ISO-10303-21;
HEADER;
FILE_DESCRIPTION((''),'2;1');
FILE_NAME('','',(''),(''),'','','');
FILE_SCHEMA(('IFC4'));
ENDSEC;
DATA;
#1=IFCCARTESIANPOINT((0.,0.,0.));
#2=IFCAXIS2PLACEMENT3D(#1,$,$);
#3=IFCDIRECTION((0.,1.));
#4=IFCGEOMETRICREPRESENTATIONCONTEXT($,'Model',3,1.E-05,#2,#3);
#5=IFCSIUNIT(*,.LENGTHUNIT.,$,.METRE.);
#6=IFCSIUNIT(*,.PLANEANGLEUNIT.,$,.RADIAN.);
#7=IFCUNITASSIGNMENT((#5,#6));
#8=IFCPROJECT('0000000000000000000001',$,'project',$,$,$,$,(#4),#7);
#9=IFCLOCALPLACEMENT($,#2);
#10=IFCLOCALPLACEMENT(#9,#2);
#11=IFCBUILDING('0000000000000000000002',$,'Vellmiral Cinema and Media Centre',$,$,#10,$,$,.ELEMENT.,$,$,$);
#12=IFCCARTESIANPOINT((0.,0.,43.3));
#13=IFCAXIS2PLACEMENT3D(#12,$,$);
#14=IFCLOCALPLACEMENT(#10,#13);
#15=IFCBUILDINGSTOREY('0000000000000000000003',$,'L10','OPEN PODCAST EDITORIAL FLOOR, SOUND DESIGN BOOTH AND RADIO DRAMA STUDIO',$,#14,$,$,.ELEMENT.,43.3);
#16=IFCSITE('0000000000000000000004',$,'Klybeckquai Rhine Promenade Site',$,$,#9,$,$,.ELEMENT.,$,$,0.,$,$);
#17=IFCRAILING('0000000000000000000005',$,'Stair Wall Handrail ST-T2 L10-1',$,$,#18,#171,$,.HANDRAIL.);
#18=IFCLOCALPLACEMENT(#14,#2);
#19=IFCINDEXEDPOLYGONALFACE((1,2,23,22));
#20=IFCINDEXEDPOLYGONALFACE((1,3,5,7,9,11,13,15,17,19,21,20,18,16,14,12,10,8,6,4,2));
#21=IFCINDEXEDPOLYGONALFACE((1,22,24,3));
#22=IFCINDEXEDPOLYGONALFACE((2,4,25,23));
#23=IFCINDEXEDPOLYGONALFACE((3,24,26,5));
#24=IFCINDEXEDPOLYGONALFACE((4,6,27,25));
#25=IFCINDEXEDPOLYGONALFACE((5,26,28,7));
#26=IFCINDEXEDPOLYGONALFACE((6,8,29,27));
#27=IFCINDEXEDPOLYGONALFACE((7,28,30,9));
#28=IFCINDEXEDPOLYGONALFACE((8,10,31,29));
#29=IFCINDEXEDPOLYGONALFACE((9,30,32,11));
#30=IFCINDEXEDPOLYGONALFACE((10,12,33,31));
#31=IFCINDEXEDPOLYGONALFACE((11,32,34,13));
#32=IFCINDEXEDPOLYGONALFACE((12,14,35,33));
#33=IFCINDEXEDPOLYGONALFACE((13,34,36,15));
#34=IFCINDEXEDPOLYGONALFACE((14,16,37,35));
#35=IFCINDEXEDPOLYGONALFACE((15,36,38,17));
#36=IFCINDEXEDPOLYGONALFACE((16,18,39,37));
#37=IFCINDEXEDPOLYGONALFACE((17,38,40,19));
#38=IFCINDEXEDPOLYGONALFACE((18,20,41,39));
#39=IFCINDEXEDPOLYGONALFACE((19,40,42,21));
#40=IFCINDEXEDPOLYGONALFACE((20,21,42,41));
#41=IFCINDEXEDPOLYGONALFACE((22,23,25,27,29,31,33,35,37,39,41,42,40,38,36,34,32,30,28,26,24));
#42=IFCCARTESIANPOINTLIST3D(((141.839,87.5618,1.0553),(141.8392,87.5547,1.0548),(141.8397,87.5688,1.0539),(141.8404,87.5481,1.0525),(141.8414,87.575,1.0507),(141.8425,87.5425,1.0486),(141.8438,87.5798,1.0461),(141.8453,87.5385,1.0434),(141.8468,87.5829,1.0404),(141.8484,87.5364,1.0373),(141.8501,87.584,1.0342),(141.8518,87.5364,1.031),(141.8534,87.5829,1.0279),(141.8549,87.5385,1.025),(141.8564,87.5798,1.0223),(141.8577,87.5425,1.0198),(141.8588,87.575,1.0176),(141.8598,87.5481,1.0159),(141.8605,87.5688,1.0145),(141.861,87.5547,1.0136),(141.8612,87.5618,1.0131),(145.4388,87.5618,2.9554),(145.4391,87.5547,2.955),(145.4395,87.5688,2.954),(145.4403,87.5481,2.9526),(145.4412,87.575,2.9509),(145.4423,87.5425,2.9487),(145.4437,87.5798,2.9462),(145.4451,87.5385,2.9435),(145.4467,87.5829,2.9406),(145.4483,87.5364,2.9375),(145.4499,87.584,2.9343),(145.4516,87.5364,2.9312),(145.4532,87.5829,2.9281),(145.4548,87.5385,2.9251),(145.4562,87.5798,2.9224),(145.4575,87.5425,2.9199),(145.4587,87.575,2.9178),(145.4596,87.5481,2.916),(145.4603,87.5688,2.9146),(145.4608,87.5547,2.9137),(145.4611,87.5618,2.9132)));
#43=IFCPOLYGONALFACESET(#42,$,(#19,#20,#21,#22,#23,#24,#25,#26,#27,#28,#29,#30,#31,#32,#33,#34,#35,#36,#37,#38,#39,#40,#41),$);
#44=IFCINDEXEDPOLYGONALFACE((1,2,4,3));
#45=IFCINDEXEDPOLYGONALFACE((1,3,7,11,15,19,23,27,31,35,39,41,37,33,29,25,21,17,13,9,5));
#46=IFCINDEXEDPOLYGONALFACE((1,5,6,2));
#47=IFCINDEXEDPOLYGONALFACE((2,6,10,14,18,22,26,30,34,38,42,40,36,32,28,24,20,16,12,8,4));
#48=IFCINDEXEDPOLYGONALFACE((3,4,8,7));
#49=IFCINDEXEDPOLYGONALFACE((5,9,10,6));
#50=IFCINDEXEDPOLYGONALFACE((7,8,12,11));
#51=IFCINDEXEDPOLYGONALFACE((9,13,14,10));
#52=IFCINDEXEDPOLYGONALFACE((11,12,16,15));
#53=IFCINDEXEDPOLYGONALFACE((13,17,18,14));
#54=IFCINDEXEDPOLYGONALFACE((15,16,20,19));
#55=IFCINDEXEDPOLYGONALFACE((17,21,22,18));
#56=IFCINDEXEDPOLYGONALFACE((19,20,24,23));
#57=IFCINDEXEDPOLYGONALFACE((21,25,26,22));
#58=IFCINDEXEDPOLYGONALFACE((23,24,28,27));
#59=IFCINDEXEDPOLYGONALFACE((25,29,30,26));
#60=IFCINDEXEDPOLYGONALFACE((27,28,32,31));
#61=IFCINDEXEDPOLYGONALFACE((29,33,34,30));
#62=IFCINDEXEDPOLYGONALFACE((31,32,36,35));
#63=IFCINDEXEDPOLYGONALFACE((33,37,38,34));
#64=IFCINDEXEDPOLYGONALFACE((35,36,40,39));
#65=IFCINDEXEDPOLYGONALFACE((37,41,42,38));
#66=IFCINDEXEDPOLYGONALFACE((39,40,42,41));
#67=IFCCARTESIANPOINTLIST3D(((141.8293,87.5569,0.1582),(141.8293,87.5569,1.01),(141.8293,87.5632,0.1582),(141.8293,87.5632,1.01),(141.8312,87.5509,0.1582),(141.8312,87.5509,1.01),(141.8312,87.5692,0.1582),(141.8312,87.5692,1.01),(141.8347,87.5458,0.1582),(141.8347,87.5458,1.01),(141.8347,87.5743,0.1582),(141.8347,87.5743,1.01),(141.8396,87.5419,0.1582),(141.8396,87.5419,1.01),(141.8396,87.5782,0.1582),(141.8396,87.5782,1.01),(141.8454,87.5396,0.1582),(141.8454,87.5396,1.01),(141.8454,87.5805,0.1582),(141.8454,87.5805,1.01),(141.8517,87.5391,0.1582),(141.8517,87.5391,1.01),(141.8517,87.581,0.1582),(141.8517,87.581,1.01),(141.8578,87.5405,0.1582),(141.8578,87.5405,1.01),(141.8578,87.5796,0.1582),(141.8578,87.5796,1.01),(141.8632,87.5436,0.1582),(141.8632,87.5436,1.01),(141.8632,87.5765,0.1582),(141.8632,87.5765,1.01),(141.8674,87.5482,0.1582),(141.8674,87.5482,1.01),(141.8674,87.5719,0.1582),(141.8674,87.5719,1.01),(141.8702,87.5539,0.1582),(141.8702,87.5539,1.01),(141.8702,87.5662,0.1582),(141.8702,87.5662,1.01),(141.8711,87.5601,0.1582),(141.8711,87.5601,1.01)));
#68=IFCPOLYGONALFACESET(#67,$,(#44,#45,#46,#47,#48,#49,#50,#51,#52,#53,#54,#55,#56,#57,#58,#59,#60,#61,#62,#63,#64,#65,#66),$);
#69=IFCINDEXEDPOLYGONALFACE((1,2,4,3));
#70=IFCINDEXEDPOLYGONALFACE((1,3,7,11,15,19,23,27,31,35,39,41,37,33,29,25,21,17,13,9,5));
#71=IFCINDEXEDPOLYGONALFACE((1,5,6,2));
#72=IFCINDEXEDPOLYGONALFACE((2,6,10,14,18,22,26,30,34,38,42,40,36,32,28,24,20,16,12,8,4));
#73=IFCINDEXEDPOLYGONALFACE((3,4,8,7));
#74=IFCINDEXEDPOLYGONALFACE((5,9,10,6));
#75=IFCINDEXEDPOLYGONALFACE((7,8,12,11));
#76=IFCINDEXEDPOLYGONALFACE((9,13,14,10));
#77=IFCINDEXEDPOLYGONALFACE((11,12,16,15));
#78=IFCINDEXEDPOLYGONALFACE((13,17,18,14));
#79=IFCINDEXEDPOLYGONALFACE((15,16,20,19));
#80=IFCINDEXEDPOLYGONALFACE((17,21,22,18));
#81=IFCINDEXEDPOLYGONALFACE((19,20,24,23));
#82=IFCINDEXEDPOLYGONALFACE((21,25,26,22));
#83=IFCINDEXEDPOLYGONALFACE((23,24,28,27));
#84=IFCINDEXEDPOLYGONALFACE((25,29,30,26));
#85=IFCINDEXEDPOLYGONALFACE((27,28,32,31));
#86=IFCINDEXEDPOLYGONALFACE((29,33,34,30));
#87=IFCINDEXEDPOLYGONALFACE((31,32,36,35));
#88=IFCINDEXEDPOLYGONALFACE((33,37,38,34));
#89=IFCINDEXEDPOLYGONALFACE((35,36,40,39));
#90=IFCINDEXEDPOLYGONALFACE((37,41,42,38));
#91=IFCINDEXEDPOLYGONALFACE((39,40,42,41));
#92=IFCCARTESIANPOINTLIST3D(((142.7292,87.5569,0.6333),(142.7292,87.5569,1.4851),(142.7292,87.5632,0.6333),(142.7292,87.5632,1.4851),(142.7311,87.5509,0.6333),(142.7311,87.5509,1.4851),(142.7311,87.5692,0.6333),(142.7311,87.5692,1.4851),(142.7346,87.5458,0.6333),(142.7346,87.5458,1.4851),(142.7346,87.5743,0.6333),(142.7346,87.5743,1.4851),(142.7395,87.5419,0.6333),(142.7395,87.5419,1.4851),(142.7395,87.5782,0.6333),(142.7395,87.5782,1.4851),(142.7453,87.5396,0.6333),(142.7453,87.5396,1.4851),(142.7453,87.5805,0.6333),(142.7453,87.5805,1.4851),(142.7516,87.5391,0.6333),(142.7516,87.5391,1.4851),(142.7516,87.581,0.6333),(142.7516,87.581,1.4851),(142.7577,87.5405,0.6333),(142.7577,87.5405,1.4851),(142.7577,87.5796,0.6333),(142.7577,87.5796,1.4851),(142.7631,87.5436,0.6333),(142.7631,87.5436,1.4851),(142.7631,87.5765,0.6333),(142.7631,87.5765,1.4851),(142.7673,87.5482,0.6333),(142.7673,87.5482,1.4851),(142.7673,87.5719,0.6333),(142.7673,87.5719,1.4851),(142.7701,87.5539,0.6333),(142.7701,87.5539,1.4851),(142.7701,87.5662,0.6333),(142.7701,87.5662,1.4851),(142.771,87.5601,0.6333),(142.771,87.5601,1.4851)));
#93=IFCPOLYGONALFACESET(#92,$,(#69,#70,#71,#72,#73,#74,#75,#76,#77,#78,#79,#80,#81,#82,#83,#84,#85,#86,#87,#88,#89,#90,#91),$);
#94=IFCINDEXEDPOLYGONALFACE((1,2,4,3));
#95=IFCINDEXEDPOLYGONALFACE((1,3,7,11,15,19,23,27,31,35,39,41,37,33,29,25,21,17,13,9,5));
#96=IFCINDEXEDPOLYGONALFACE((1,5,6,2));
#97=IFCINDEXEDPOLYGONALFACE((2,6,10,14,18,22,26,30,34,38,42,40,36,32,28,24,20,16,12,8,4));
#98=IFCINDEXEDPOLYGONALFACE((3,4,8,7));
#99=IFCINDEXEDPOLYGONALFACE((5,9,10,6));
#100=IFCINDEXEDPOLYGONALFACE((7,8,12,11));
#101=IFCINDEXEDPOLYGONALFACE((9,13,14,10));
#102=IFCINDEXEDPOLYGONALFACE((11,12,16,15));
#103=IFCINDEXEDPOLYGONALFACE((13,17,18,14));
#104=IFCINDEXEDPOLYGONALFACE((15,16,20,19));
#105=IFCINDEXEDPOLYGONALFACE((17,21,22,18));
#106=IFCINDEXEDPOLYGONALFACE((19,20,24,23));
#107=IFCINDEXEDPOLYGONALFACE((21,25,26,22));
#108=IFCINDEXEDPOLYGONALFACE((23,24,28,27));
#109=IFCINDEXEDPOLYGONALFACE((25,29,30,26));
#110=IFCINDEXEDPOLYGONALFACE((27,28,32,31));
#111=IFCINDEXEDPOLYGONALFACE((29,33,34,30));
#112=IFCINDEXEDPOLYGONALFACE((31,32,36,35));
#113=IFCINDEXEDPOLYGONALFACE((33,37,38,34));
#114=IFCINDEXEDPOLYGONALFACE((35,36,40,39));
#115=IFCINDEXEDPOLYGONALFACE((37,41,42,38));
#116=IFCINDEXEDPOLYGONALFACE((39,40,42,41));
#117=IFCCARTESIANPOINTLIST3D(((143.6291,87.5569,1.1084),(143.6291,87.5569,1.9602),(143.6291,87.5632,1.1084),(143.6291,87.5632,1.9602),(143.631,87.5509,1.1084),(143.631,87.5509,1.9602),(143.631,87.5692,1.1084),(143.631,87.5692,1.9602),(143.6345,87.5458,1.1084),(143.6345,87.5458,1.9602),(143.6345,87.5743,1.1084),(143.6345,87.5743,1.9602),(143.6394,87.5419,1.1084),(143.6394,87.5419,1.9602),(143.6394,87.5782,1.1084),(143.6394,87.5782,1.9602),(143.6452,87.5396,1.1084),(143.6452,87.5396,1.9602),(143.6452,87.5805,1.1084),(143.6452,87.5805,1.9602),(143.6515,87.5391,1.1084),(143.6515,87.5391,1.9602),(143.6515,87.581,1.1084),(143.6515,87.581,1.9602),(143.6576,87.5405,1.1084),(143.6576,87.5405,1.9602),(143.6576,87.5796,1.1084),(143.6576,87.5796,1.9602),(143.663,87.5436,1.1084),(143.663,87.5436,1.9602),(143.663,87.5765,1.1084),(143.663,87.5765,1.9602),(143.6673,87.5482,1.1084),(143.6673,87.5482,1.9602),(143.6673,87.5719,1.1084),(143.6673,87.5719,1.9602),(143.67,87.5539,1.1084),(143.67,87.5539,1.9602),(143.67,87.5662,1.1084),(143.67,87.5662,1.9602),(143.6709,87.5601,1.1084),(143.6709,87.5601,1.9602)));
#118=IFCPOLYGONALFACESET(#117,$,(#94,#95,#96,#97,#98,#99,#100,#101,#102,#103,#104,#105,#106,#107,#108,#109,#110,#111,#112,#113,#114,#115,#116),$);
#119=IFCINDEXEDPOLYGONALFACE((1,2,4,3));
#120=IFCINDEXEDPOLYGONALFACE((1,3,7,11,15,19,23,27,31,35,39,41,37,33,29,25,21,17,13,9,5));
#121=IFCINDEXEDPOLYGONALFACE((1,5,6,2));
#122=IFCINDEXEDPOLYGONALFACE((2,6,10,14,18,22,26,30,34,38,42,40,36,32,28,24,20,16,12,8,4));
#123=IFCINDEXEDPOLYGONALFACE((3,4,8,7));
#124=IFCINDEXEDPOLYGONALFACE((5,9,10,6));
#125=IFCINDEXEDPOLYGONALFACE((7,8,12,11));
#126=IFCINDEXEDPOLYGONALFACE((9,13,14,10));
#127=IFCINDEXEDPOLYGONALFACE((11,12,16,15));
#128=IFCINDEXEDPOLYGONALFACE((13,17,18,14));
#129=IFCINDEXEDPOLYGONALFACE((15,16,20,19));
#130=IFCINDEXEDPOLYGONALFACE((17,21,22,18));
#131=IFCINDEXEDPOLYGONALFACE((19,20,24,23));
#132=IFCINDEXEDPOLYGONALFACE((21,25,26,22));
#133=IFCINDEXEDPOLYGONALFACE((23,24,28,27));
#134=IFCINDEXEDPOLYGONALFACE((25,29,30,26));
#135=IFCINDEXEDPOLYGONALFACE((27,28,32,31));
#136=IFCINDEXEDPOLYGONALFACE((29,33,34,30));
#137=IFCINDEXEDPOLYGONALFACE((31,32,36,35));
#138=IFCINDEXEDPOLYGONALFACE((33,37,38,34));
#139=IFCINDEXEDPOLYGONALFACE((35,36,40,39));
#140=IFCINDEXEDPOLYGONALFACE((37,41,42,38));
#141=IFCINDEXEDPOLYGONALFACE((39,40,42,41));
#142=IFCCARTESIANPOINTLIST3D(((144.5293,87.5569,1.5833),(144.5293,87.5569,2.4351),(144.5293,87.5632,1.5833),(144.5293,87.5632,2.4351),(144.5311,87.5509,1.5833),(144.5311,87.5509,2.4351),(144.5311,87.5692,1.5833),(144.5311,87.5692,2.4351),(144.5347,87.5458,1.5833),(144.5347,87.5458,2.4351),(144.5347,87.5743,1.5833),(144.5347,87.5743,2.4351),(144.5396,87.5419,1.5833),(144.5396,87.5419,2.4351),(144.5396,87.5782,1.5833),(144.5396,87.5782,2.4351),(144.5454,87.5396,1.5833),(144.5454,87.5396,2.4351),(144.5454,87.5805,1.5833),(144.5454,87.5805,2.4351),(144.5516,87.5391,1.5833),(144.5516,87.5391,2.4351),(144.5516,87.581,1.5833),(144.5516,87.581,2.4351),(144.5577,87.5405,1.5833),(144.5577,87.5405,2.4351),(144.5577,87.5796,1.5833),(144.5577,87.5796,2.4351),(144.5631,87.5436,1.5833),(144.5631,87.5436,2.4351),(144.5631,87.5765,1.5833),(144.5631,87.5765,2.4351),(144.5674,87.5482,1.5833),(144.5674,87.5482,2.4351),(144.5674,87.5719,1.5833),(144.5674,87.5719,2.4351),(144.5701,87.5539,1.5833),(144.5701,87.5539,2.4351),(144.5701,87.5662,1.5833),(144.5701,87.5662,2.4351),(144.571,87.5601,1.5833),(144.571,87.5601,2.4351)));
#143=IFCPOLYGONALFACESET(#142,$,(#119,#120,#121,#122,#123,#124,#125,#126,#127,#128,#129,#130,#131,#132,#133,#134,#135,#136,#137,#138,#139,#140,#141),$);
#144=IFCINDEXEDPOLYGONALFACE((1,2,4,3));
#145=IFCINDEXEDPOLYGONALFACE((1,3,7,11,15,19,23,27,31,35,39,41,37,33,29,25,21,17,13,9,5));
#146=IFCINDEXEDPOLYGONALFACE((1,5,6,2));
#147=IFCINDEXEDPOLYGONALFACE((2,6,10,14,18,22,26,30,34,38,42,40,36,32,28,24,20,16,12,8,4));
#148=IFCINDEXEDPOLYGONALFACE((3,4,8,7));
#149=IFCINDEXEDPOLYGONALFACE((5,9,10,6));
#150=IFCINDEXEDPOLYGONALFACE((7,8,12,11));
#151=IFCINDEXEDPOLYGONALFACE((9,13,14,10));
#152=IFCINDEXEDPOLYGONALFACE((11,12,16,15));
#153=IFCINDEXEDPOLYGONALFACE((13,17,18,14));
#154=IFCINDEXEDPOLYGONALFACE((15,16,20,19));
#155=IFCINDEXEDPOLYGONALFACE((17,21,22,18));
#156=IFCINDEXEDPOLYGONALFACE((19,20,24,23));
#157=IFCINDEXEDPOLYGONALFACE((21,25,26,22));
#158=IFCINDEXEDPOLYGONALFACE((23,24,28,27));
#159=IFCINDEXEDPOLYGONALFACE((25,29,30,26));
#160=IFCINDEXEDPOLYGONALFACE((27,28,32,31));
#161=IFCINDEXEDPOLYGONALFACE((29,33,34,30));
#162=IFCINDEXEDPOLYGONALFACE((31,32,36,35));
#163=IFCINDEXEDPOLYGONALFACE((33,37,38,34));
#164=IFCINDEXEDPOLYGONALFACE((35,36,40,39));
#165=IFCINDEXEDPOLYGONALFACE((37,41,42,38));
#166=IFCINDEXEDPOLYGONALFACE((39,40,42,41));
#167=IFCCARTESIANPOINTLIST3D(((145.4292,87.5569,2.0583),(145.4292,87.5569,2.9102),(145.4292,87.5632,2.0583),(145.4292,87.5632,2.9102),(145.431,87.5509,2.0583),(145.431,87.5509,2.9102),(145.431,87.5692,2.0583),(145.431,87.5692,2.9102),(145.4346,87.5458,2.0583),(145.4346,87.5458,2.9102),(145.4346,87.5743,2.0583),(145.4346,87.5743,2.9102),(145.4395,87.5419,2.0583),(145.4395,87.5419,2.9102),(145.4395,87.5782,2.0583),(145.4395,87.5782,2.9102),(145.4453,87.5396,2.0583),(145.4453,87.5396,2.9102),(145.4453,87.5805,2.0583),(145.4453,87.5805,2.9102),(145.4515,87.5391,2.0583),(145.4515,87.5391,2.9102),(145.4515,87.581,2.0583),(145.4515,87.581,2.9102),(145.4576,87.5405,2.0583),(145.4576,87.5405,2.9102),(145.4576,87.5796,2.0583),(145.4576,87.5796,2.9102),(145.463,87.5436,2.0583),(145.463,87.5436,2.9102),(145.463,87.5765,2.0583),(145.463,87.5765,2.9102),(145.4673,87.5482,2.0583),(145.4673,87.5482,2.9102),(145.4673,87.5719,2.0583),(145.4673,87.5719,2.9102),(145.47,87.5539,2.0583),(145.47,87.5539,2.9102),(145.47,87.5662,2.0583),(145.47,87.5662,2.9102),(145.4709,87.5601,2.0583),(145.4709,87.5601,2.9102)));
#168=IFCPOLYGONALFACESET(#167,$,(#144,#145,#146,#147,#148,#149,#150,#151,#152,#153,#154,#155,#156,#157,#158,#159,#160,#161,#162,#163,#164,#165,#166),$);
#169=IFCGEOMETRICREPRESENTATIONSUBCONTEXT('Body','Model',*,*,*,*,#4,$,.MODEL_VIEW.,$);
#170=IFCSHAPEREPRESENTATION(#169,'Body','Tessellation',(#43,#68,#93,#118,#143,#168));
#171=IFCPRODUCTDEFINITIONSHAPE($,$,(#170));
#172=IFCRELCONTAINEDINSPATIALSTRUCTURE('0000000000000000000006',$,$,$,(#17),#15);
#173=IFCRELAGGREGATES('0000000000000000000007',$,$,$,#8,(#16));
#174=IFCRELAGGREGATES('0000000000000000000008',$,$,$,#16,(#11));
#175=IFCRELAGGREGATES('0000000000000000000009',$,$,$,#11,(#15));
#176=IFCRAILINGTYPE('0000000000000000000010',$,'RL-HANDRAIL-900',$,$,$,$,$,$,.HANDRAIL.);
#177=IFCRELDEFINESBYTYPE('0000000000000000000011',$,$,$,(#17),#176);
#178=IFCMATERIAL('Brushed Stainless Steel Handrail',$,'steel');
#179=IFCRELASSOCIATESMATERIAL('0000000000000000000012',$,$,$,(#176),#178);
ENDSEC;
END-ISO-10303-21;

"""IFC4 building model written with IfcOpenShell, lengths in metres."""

from ifc_helpers import new_model, si_unit, direction, frame, origin, origin_2d, place, context, subcontext, project, spatial, circle, extrude, material, type_object, element, save


model = new_model("IFC4")

# Units and contexts
model_context = context("Model", 3, precision=1e-05, world=origin(), true_north=direction((0.0, 1.0)))
body_context = subcontext(model_context, "Body", "Model", "MODEL_VIEW")
ifc_project = project(units=[si_unit("LENGTHUNIT", "METRE"), si_unit("PLANEANGLEUNIT", "RADIAN")], contexts=[model_context])

# Site, building, storey
site_placement = place(None, origin())
site = spatial("IfcSite", under=ifc_project, at=site_placement, Name="Klybeckquai Rhine Promenade Site", CompositionType="ELEMENT", RefElevation=0.0)
building_placement = place(site_placement, origin())
building = spatial("IfcBuilding", under=site, at=building_placement, Name="Vellmiral Cinema and Media Centre", CompositionType="ELEMENT")
storey_placement = place(building_placement, frame((0.0, 0.0, 43.3)))
storey = spatial("IfcBuildingStorey", under=building, at=storey_placement, Name="L10", Description="OPEN PODCAST EDITORIAL FLOOR, SOUND DESIGN BOOTH AND RADIO DRAMA STUDIO", CompositionType="ELEMENT", Elevation=43.3)

# Railing
ifc_material_1 = material(Name="Brushed Stainless Steel Handrail", Category="steel")
railing_type_1 = type_object("IfcRailingType", Name="RL-HANDRAIL-900", PredefinedType="HANDRAIL", material=ifc_material_1)
railing_1_placement = place(storey_placement, frame((141.8501, 87.5601, 0.1582)))
element("IfcRailing", 1, at=railing_1_placement, inside=storey, type_object=railing_type_1, Name="Stair Wall Handrail ST-T2 L10-1", PredefinedType="HANDRAIL", context=body_context, shape_type="SweptSolid", body=[
    extrude(circle(Radius=0.0239, at=origin_2d()), frame((0.0, 0.0, 0.876), z_axis=(0.884362, 0.0, 0.466802), x_axis=(0.0, 1.0, 0.0)), (0.0, 0.0, 1.0), 4.0706),
    extrude(circle(Radius=0.021, at=origin_2d()), origin(), (0.0, 0.0, 1.0), 0.8518),
    extrude(circle(Radius=0.021, at=origin_2d()), frame((0.8999, 0.0, 0.4751)), (0.0, 0.0, 1.0), 0.8518),
    extrude(circle(Radius=0.021, at=origin_2d()), frame((1.7998, 0.0, 0.9502)), (0.0, 0.0, 1.0), 0.8518),
    extrude(circle(Radius=0.021, at=origin_2d()), frame((2.7, 0.0, 1.425)), (0.0, 0.0, 1.0), 0.8518),
    extrude(circle(Radius=0.021, at=origin_2d()), frame((3.5999, 0.0, 1.9001)), (0.0, 0.0, 1.0), 0.8518),
])

save(model, "model.ifc")
